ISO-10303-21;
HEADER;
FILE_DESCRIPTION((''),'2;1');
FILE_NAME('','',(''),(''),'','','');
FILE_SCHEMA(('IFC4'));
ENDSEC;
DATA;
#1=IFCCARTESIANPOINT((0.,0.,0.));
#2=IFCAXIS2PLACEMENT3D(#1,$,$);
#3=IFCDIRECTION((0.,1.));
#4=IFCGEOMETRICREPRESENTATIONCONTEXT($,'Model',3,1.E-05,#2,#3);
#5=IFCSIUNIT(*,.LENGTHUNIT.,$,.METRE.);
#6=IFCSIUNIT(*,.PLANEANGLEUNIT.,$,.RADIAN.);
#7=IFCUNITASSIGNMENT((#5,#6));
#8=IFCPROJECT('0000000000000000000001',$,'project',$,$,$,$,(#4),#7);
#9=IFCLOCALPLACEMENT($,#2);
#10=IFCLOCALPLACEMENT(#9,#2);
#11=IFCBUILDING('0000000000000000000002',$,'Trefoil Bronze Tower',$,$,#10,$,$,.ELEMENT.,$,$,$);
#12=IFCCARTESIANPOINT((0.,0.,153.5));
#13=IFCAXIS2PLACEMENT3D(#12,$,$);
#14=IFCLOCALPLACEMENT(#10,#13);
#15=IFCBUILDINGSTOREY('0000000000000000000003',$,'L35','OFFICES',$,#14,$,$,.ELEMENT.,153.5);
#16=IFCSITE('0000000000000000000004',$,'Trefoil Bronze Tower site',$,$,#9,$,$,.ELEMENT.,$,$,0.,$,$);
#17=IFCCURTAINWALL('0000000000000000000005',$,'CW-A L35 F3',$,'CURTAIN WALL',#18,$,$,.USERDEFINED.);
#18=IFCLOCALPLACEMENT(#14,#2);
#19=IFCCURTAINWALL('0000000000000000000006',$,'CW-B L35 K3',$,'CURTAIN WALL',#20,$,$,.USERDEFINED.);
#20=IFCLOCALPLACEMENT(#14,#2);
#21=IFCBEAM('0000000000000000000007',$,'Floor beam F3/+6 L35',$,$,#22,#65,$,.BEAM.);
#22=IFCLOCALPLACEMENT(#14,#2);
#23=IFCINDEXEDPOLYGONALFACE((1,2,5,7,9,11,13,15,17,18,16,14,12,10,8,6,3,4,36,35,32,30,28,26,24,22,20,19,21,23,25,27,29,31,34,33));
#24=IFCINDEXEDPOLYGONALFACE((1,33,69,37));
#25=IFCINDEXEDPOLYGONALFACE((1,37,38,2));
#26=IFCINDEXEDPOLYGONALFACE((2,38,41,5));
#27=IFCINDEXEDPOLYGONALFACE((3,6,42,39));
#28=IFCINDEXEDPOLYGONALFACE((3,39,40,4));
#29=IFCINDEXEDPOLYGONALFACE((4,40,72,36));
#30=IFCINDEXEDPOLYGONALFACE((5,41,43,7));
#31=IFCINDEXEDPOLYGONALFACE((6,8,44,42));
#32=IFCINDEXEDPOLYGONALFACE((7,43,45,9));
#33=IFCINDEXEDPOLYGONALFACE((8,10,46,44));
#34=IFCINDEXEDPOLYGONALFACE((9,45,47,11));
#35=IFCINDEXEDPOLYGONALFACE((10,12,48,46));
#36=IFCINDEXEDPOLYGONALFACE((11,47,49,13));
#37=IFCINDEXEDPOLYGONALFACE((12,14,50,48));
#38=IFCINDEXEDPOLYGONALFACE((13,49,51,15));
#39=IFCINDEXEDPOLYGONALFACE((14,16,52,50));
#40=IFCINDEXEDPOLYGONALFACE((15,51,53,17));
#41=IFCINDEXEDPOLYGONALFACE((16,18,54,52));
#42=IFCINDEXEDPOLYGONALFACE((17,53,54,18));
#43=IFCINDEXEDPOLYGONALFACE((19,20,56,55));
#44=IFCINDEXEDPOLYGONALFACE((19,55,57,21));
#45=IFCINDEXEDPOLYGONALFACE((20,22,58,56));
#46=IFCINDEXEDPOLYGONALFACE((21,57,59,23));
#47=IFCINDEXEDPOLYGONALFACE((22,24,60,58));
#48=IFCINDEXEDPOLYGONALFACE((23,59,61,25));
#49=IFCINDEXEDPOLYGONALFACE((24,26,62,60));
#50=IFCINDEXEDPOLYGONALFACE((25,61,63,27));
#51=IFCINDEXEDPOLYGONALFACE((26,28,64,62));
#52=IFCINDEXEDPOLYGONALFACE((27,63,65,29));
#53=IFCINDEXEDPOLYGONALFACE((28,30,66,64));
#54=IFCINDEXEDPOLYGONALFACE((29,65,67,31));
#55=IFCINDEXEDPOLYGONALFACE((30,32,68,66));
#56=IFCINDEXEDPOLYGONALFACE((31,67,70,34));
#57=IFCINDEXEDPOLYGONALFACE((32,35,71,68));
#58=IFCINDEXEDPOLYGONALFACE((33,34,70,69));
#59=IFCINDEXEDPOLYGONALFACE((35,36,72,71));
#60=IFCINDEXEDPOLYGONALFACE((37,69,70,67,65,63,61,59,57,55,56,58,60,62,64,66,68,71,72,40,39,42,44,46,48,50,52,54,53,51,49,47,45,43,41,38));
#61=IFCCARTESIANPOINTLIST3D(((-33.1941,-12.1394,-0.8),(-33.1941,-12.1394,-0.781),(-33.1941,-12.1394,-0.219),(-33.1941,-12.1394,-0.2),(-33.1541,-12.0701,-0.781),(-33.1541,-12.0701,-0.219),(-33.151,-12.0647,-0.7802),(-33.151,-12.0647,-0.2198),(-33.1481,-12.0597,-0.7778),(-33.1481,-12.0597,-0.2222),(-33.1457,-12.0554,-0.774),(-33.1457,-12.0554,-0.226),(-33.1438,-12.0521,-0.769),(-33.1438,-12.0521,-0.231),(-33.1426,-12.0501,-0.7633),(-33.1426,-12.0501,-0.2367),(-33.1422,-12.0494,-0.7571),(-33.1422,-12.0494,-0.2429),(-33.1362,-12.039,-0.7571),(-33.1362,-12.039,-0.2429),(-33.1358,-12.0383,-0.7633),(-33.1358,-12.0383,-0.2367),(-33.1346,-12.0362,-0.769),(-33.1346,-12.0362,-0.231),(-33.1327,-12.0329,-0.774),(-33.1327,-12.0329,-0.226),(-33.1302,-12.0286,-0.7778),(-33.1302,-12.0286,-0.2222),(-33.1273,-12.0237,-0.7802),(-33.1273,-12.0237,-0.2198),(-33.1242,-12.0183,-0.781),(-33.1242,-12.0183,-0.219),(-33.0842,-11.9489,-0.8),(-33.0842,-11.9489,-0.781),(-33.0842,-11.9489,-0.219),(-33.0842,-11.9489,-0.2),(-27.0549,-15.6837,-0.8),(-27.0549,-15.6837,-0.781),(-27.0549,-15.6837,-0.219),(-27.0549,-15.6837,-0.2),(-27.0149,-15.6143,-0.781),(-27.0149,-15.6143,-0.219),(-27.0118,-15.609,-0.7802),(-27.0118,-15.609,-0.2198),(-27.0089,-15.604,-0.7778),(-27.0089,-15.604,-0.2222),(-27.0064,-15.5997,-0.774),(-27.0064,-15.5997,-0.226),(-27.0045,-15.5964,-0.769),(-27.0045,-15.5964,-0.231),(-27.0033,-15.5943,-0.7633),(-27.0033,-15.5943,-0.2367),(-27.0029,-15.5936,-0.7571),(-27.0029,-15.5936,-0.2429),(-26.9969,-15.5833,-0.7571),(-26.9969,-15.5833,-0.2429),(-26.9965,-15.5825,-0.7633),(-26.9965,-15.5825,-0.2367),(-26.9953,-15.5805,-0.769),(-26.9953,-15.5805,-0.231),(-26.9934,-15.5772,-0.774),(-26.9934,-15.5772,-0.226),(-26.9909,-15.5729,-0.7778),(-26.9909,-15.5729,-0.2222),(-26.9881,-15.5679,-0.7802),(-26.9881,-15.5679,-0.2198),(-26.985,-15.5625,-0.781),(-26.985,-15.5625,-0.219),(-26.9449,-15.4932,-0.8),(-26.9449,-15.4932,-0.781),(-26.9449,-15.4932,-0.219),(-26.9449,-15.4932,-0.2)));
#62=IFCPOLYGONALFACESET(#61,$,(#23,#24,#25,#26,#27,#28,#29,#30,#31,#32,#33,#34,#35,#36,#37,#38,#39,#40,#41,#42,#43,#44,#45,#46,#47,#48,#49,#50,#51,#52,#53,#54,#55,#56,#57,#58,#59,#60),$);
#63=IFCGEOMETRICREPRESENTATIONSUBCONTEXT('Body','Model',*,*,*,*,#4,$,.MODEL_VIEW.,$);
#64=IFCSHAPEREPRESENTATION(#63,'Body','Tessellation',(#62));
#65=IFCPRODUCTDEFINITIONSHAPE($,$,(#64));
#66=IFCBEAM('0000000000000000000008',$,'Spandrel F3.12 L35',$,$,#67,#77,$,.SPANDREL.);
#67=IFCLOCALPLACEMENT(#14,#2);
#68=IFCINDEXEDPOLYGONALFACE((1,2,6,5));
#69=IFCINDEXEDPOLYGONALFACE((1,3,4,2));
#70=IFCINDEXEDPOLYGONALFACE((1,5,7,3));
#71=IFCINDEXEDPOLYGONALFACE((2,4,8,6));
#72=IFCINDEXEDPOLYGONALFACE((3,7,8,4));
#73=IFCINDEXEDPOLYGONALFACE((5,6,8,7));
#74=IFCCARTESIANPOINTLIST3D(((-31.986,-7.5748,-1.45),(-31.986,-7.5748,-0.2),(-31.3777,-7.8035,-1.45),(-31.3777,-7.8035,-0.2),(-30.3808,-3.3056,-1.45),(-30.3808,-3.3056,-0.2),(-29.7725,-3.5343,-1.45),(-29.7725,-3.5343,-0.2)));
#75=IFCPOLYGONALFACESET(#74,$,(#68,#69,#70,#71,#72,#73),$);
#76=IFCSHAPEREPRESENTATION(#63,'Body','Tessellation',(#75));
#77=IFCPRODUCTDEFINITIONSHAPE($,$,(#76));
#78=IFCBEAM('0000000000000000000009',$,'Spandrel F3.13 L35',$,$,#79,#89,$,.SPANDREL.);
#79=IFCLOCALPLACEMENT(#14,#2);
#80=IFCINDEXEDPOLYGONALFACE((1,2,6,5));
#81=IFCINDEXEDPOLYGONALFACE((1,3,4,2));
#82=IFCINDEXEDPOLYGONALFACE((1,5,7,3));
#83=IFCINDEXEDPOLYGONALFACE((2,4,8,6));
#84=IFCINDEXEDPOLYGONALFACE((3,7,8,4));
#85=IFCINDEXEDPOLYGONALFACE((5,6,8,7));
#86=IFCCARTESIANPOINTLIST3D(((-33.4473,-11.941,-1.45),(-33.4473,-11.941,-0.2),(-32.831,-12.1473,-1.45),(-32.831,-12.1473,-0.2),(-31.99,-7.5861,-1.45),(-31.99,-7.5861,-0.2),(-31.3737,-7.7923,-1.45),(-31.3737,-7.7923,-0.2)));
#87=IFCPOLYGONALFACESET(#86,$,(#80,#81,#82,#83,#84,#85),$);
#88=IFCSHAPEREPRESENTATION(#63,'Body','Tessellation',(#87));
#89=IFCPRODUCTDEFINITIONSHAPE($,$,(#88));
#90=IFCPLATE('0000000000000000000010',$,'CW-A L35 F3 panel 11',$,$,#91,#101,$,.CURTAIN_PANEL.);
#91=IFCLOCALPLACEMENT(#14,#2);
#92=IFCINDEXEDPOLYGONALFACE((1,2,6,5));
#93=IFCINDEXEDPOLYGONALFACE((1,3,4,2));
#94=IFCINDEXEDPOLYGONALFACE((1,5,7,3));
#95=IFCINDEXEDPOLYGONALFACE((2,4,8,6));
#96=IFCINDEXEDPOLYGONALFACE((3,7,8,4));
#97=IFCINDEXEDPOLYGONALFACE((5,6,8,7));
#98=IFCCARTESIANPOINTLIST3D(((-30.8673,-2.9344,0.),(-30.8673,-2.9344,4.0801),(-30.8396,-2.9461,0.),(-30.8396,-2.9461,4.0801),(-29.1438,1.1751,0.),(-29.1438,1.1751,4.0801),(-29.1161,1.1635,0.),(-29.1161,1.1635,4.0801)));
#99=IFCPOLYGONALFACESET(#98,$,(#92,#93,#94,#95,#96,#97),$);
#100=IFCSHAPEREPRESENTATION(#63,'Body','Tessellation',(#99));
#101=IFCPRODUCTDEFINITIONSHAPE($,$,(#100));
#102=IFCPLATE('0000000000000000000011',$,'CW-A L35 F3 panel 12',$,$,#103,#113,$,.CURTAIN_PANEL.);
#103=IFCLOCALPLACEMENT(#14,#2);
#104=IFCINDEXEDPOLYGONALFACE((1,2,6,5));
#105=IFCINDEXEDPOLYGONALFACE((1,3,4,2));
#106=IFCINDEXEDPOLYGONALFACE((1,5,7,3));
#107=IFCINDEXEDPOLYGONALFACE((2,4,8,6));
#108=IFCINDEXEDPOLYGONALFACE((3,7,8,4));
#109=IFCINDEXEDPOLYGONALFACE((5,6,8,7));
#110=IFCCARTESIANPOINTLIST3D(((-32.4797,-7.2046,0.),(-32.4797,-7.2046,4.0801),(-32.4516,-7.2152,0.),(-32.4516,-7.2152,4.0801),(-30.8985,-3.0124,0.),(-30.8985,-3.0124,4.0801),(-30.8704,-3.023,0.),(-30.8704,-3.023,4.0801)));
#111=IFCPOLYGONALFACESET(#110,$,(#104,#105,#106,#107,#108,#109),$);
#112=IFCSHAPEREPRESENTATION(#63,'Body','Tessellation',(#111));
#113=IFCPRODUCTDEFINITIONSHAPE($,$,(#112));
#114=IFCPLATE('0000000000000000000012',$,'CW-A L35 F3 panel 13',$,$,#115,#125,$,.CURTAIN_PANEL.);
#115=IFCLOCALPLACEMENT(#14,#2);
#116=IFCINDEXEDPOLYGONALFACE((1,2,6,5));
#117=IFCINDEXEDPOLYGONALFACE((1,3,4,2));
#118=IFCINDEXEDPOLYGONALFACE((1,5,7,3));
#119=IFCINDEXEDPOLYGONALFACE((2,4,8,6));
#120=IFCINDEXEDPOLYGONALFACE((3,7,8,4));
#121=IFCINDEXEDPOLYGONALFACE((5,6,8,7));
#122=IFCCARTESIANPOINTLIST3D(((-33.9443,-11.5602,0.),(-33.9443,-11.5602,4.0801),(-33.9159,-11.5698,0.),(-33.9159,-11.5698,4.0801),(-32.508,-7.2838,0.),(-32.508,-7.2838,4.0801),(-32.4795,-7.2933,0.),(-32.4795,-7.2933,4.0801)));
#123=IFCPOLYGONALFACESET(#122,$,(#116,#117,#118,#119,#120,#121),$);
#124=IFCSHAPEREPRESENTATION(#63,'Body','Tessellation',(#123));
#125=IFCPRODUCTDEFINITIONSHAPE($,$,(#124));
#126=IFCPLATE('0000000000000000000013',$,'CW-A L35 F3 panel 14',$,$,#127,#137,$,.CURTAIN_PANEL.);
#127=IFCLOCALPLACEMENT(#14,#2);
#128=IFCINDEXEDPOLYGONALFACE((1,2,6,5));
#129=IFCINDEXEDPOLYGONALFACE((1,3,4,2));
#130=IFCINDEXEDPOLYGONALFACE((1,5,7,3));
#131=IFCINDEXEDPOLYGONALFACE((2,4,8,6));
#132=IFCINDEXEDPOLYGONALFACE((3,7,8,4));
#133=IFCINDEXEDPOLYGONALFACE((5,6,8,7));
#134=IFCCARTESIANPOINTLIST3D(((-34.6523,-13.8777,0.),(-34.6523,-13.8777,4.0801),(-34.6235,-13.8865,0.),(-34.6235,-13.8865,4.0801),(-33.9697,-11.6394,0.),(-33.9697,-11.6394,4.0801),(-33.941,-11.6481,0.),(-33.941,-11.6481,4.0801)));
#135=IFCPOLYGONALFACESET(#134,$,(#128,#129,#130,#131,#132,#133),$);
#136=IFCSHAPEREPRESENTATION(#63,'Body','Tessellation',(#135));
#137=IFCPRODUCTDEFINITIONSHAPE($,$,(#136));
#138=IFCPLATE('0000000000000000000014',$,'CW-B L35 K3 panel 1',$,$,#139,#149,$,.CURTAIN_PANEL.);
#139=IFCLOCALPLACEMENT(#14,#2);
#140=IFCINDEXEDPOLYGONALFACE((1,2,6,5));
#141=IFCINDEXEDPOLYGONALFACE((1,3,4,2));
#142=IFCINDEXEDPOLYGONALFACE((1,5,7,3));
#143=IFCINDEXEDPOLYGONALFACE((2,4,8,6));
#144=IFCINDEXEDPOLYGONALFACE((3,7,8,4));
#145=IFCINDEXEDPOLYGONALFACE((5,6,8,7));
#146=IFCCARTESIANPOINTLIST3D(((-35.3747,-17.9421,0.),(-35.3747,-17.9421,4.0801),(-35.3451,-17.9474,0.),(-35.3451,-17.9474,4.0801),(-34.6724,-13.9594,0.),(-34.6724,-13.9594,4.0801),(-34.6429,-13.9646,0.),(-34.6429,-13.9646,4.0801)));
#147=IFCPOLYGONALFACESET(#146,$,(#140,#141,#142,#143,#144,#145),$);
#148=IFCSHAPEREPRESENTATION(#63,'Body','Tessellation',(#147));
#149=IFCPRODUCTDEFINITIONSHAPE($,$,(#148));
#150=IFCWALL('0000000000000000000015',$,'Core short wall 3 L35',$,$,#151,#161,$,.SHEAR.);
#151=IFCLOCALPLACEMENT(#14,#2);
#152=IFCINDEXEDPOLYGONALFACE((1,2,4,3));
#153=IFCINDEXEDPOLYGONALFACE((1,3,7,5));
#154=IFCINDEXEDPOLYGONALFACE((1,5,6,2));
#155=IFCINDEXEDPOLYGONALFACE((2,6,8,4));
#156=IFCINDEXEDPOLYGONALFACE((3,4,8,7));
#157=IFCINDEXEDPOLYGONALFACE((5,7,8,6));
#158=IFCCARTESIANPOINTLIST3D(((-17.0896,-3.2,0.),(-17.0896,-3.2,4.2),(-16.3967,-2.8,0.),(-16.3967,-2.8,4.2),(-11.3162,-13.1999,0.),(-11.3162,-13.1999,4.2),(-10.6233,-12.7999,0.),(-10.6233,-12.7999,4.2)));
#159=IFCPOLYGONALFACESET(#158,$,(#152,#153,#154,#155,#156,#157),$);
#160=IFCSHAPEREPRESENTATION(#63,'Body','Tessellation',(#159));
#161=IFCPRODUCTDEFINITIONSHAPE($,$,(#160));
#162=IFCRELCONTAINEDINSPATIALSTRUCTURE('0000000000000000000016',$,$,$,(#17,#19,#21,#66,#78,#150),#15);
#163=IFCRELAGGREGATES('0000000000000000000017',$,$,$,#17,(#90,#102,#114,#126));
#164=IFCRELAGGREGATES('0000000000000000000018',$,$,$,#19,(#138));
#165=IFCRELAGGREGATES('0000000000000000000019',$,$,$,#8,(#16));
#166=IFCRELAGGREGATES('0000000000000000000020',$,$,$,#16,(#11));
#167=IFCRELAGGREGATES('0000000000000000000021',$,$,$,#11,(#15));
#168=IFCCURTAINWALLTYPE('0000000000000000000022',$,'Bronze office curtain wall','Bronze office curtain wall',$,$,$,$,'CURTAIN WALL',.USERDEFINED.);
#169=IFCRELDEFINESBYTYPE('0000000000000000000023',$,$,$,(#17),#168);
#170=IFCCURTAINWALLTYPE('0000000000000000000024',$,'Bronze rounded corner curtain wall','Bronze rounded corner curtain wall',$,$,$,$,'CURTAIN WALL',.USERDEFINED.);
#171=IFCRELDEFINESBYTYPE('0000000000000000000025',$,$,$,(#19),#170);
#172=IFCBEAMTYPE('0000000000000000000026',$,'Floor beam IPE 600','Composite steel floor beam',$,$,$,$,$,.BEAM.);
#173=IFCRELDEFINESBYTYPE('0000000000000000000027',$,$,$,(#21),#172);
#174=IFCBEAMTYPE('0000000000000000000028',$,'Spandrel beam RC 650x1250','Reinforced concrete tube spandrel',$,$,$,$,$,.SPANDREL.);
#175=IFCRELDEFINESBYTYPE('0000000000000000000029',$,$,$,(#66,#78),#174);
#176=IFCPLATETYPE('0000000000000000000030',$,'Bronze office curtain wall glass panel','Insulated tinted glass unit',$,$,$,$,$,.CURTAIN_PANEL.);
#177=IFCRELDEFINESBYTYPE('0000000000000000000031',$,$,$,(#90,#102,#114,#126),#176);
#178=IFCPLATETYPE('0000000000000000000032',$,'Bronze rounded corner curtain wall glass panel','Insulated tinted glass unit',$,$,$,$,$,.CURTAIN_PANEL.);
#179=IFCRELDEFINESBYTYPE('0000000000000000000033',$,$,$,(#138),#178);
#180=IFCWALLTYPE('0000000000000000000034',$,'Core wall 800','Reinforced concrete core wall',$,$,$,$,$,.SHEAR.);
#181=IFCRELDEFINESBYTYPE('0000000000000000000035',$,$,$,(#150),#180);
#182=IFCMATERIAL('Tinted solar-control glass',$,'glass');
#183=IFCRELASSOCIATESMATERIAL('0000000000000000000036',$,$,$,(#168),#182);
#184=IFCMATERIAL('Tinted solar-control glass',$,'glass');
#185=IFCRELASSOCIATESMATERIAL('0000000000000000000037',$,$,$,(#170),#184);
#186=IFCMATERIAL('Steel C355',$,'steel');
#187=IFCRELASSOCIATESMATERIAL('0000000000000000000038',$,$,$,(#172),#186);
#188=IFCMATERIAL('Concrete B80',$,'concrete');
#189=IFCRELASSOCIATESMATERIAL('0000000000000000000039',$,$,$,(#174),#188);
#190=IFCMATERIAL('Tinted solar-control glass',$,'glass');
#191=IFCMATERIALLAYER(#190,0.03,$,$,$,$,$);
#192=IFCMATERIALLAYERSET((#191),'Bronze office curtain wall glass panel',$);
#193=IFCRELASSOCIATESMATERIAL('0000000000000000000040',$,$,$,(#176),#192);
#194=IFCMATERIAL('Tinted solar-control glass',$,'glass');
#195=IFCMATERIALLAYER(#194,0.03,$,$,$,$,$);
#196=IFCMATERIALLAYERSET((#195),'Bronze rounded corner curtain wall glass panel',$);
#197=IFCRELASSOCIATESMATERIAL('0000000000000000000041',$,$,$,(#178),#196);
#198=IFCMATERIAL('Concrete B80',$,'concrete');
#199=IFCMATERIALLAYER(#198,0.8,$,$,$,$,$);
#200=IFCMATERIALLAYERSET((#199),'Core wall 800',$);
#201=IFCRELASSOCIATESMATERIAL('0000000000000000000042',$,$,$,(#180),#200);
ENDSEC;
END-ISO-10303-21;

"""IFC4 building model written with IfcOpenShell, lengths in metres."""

from ifc_helpers import new_model, si_unit, direction, frame, frame_2d, origin, origin_2d, place, context, subcontext, project, spatial, rectangle, i_section, extrude, material, layer, layer_set, material_profile, profile_set, type_object, element, aggregate, save


model = new_model("IFC4")

# Units and contexts
model_context = context("Model", 3, precision=1e-05, world=origin(), true_north=direction((0.0, 1.0)))
body_context = subcontext(model_context, "Body", "Model", "MODEL_VIEW")
ifc_project = project(units=[si_unit("LENGTHUNIT", "METRE"), si_unit("PLANEANGLEUNIT", "RADIAN")], contexts=[model_context])

# Site, building, storey
site_placement = place(None, origin())
site = spatial("IfcSite", under=ifc_project, at=site_placement, Name="Trefoil Bronze Tower site", CompositionType="ELEMENT", RefElevation=0.0)
building_placement = place(site_placement, origin())
building = spatial("IfcBuilding", under=site, at=building_placement, Name="Trefoil Bronze Tower", CompositionType="ELEMENT")
storey_placement = place(building_placement, frame((0.0, 0.0, 153.5)))
storey = spatial("IfcBuildingStorey", under=building, at=storey_placement, Name="L35", Description="OFFICES", CompositionType="ELEMENT", Elevation=153.5)

# Curtain walls
ifc_material_1 = material(Name="Tinted solar-control glass", Category="glass")
curtain_wall_type_1 = type_object("IfcCurtainWallType", Name="Bronze office curtain wall", Description="Bronze office curtain wall", ElementType="CURTAIN WALL", PredefinedType="USERDEFINED", material=ifc_material_1)
curtain_wall_1_placement = place(storey_placement, origin())
curtain_wall_1 = element("IfcCurtainWall", 1, at=curtain_wall_1_placement, inside=storey, type_object=curtain_wall_type_1, Name="CW-A L35 F3", ObjectType="CURTAIN WALL", PredefinedType="USERDEFINED")
ifc_material_2 = material(Name="Tinted solar-control glass", Category="glass")
curtain_wall_type_2 = type_object("IfcCurtainWallType", Name="Bronze rounded corner curtain wall", Description="Bronze rounded corner curtain wall", ElementType="CURTAIN WALL", PredefinedType="USERDEFINED", material=ifc_material_2)
curtain_wall_2_placement = place(storey_placement, origin())
curtain_wall_2 = element("IfcCurtainWall", 2, at=curtain_wall_2_placement, inside=storey, type_object=curtain_wall_type_2, Name="CW-B L35 K3", ObjectType="CURTAIN WALL", PredefinedType="USERDEFINED")

# Beams
ifc_material_3 = material(Name="Steel C355", Category="steel")
ifc_material_profile_1 = material_profile(ifc_material_3, i_section(OverallWidth=0.22, OverallDepth=0.6001, WebThickness=0.012, FlangeThickness=0.019, FilletRadius=0.0239, at=origin_2d()), Name="IPE 600")
ifc_profile_set_1 = profile_set([ifc_material_profile_1], Name="Steel C355")
beam_type_1 = type_object("IfcBeamType", Name="Floor beam IPE 600", Description="Composite steel floor beam", PredefinedType="BEAM", material=ifc_profile_set_1)
beam_1_placement = place(storey_placement, frame((-33.1392, -12.0442, -0.5), z_axis=(0.866041, -0.499973, 0.0), x_axis=(0.499973, 0.866041, 0.0)))
element("IfcBeam", 3, at=beam_1_placement, inside=storey, type_object=beam_type_1, Name="Floor beam F3/+6 L35", PredefinedType="BEAM", context=body_context, shape_type="SweptSolid", body=[
    extrude(i_section(OverallWidth=0.22, OverallDepth=0.6001, WebThickness=0.012, FlangeThickness=0.019, FilletRadius=0.0239, at=origin_2d()), origin(), (0.0, 0.0, 1.0), 7.0889),
])
ifc_material_4 = material(Name="Concrete B80", Category="concrete")
ifc_material_profile_2 = material_profile(ifc_material_4, rectangle(XDim=0.6499, YDim=1.25, at=origin_2d()), Name="RC 650x1250")
ifc_profile_set_2 = profile_set([ifc_material_profile_2], Name="Concrete B80")
beam_type_2 = type_object("IfcBeamType", Name="Spandrel beam RC 650x1250", Description="Reinforced concrete tube spandrel", PredefinedType="SPANDREL", material=ifc_profile_set_2)
beam_2_placement = place(storey_placement, frame((-30.0767, -3.4199, -0.825), z_axis=(-0.351939, -0.936023, 0.0), x_axis=(0.936023, -0.351939, 0.0)))
element("IfcBeam", 4, at=beam_2_placement, inside=storey, type_object=beam_type_2, Name="Spandrel F3.12 L35", PredefinedType="SPANDREL", context=body_context, shape_type="SweptSolid", body=[
    extrude(rectangle(XDim=0.6499, YDim=1.25, at=origin_2d()), origin(), (0.0, 0.0, 1.0), 4.561),
])
beam_3_placement = place(storey_placement, frame((-31.6819, -7.6892, -0.825), z_axis=(-0.317328, -0.948316, 0.0), x_axis=(0.948316, -0.317328, 0.0)))
element("IfcBeam", 5, at=beam_3_placement, inside=storey, type_object=beam_type_2, Name="Spandrel F3.13 L35", PredefinedType="SPANDREL", context=body_context, shape_type="SweptSolid", body=[
    extrude(rectangle(XDim=0.6499, YDim=1.25, at=origin_2d()), origin(), (0.0, 0.0, 1.0), 4.5923),
])

# Plates
ifc_material_5 = material(Name="Tinted solar-control glass", Category="glass")
ifc_layer_1 = layer(ifc_material_5, 0.03)
ifc_layer_set_1 = layer_set([ifc_layer_1], Name="Bronze office curtain wall glass panel")
plate_type_1 = type_object("IfcPlateType", Name="Bronze office curtain wall glass panel", Description="Insulated tinted glass unit", PredefinedType="CURTAIN_PANEL", material=ifc_layer_set_1)
plate_1_placement = place(storey_placement, frame((-29.9917, -0.8855, 0.0), z_axis=(0.0, 0.0, 1.0), x_axis=(-0.386759, -0.922181, 0.0)))
plate_1 = element("IfcPlate", 6, at=plate_1_placement, type_object=plate_type_1, Name="CW-A L35 F3 panel 11", PredefinedType="CURTAIN_PANEL", context=body_context, shape_type="SweptSolid", body=[
    extrude(rectangle(XDim=4.4563, YDim=0.03, at=origin_2d()), origin(), (0.0, 0.0, 1.0), 4.0801),
])
plate_2_placement = place(storey_placement, frame((-31.675, -5.1138, 0.0), z_axis=(0.0, 0.0, 1.0), x_axis=(-0.35292, -0.935654, 0.0)))
plate_2 = element("IfcPlate", 7, at=plate_2_placement, type_object=plate_type_1, Name="CW-A L35 F3 panel 12", PredefinedType="CURTAIN_PANEL", context=body_context, shape_type="SweptSolid", body=[
    extrude(rectangle(XDim=4.4805, YDim=0.03, at=origin_2d()), origin(), (0.0, 0.0, 1.0), 4.0801),
])
plate_3_placement = place(storey_placement, frame((-33.2119, -9.4268, 0.0), z_axis=(0.0, 0.0, 1.0), x_axis=(-0.318404, -0.947955, 0.0)))
plate_3 = element("IfcPlate", 8, at=plate_3_placement, type_object=plate_type_1, Name="CW-A L35 F3 panel 13", PredefinedType="CURTAIN_PANEL", context=body_context, shape_type="SweptSolid", body=[
    extrude(rectangle(XDim=4.5112, YDim=0.03, at=origin_2d()), origin(), (0.0, 0.0, 1.0), 4.0801),
])
plate_4_placement = place(storey_placement, frame((-34.2966, -12.7629, 0.0), z_axis=(0.0, 0.0, 1.0), x_axis=(-0.291669, -0.956519, 0.0)))
plate_4 = element("IfcPlate", 9, at=plate_4_placement, type_object=plate_type_1, Name="CW-A L35 F3 panel 14", PredefinedType="CURTAIN_PANEL", context=body_context, shape_type="SweptSolid", body=[
    extrude(rectangle(XDim=2.3401, YDim=0.03, at=origin_2d()), origin(), (0.0, 0.0, 1.0), 4.0801),
])
aggregate(curtain_wall_1, [plate_1, plate_2, plate_3, plate_4])
ifc_material_6 = material(Name="Tinted solar-control glass", Category="glass")
ifc_layer_2 = layer(ifc_material_6, 0.03)
ifc_layer_set_2 = layer_set([ifc_layer_2], Name="Bronze rounded corner curtain wall glass panel")
plate_type_2 = type_object("IfcPlateType", Name="Bronze rounded corner curtain wall glass panel", Description="Insulated tinted glass unit", PredefinedType="CURTAIN_PANEL", material=ifc_layer_set_2)
plate_5_placement = place(storey_placement, frame((-35.0088, -15.9534, 0.0), z_axis=(0.0, 0.0, 1.0), x_axis=(-0.173648, -0.984808, 0.0)))
plate_5 = element("IfcPlate", 10, at=plate_5_placement, type_object=plate_type_2, Name="CW-B L35 K3 panel 1", PredefinedType="CURTAIN_PANEL", context=body_context, shape_type="SweptSolid", body=[
    extrude(rectangle(XDim=4.0442, YDim=0.03, at=origin_2d()), origin(), (0.0, 0.0, 1.0), 4.0801),
])
aggregate(curtain_wall_2, [plate_5])

# Wall
ifc_material_7 = material(Name="Concrete B80", Category="concrete")
ifc_layer_3 = layer(ifc_material_7, 0.8)
ifc_layer_set_3 = layer_set([ifc_layer_3], Name="Core wall 800")
wall_type_1 = type_object("IfcWallType", Name="Core wall 800", Description="Reinforced concrete core wall", PredefinedType="SHEAR", material=ifc_layer_set_3)
wall_1_placement = place(storey_placement, frame((-16.7432, -3.0, 0.0), z_axis=(0.0, 0.0, 1.0), x_axis=(0.499996, -0.866028, 0.0)))
element("IfcWall", 11, at=wall_1_placement, inside=storey, type_object=wall_type_1, Name="Core short wall 3 L35", PredefinedType="SHEAR", context=body_context, shape_type="SweptSolid", body=[
    extrude(rectangle(XDim=11.5469, YDim=0.8, at=frame_2d((5.7734, 0.0))), origin(), (0.0, 0.0, 1.0), 4.2),
])

save(model, "model.ifc")
